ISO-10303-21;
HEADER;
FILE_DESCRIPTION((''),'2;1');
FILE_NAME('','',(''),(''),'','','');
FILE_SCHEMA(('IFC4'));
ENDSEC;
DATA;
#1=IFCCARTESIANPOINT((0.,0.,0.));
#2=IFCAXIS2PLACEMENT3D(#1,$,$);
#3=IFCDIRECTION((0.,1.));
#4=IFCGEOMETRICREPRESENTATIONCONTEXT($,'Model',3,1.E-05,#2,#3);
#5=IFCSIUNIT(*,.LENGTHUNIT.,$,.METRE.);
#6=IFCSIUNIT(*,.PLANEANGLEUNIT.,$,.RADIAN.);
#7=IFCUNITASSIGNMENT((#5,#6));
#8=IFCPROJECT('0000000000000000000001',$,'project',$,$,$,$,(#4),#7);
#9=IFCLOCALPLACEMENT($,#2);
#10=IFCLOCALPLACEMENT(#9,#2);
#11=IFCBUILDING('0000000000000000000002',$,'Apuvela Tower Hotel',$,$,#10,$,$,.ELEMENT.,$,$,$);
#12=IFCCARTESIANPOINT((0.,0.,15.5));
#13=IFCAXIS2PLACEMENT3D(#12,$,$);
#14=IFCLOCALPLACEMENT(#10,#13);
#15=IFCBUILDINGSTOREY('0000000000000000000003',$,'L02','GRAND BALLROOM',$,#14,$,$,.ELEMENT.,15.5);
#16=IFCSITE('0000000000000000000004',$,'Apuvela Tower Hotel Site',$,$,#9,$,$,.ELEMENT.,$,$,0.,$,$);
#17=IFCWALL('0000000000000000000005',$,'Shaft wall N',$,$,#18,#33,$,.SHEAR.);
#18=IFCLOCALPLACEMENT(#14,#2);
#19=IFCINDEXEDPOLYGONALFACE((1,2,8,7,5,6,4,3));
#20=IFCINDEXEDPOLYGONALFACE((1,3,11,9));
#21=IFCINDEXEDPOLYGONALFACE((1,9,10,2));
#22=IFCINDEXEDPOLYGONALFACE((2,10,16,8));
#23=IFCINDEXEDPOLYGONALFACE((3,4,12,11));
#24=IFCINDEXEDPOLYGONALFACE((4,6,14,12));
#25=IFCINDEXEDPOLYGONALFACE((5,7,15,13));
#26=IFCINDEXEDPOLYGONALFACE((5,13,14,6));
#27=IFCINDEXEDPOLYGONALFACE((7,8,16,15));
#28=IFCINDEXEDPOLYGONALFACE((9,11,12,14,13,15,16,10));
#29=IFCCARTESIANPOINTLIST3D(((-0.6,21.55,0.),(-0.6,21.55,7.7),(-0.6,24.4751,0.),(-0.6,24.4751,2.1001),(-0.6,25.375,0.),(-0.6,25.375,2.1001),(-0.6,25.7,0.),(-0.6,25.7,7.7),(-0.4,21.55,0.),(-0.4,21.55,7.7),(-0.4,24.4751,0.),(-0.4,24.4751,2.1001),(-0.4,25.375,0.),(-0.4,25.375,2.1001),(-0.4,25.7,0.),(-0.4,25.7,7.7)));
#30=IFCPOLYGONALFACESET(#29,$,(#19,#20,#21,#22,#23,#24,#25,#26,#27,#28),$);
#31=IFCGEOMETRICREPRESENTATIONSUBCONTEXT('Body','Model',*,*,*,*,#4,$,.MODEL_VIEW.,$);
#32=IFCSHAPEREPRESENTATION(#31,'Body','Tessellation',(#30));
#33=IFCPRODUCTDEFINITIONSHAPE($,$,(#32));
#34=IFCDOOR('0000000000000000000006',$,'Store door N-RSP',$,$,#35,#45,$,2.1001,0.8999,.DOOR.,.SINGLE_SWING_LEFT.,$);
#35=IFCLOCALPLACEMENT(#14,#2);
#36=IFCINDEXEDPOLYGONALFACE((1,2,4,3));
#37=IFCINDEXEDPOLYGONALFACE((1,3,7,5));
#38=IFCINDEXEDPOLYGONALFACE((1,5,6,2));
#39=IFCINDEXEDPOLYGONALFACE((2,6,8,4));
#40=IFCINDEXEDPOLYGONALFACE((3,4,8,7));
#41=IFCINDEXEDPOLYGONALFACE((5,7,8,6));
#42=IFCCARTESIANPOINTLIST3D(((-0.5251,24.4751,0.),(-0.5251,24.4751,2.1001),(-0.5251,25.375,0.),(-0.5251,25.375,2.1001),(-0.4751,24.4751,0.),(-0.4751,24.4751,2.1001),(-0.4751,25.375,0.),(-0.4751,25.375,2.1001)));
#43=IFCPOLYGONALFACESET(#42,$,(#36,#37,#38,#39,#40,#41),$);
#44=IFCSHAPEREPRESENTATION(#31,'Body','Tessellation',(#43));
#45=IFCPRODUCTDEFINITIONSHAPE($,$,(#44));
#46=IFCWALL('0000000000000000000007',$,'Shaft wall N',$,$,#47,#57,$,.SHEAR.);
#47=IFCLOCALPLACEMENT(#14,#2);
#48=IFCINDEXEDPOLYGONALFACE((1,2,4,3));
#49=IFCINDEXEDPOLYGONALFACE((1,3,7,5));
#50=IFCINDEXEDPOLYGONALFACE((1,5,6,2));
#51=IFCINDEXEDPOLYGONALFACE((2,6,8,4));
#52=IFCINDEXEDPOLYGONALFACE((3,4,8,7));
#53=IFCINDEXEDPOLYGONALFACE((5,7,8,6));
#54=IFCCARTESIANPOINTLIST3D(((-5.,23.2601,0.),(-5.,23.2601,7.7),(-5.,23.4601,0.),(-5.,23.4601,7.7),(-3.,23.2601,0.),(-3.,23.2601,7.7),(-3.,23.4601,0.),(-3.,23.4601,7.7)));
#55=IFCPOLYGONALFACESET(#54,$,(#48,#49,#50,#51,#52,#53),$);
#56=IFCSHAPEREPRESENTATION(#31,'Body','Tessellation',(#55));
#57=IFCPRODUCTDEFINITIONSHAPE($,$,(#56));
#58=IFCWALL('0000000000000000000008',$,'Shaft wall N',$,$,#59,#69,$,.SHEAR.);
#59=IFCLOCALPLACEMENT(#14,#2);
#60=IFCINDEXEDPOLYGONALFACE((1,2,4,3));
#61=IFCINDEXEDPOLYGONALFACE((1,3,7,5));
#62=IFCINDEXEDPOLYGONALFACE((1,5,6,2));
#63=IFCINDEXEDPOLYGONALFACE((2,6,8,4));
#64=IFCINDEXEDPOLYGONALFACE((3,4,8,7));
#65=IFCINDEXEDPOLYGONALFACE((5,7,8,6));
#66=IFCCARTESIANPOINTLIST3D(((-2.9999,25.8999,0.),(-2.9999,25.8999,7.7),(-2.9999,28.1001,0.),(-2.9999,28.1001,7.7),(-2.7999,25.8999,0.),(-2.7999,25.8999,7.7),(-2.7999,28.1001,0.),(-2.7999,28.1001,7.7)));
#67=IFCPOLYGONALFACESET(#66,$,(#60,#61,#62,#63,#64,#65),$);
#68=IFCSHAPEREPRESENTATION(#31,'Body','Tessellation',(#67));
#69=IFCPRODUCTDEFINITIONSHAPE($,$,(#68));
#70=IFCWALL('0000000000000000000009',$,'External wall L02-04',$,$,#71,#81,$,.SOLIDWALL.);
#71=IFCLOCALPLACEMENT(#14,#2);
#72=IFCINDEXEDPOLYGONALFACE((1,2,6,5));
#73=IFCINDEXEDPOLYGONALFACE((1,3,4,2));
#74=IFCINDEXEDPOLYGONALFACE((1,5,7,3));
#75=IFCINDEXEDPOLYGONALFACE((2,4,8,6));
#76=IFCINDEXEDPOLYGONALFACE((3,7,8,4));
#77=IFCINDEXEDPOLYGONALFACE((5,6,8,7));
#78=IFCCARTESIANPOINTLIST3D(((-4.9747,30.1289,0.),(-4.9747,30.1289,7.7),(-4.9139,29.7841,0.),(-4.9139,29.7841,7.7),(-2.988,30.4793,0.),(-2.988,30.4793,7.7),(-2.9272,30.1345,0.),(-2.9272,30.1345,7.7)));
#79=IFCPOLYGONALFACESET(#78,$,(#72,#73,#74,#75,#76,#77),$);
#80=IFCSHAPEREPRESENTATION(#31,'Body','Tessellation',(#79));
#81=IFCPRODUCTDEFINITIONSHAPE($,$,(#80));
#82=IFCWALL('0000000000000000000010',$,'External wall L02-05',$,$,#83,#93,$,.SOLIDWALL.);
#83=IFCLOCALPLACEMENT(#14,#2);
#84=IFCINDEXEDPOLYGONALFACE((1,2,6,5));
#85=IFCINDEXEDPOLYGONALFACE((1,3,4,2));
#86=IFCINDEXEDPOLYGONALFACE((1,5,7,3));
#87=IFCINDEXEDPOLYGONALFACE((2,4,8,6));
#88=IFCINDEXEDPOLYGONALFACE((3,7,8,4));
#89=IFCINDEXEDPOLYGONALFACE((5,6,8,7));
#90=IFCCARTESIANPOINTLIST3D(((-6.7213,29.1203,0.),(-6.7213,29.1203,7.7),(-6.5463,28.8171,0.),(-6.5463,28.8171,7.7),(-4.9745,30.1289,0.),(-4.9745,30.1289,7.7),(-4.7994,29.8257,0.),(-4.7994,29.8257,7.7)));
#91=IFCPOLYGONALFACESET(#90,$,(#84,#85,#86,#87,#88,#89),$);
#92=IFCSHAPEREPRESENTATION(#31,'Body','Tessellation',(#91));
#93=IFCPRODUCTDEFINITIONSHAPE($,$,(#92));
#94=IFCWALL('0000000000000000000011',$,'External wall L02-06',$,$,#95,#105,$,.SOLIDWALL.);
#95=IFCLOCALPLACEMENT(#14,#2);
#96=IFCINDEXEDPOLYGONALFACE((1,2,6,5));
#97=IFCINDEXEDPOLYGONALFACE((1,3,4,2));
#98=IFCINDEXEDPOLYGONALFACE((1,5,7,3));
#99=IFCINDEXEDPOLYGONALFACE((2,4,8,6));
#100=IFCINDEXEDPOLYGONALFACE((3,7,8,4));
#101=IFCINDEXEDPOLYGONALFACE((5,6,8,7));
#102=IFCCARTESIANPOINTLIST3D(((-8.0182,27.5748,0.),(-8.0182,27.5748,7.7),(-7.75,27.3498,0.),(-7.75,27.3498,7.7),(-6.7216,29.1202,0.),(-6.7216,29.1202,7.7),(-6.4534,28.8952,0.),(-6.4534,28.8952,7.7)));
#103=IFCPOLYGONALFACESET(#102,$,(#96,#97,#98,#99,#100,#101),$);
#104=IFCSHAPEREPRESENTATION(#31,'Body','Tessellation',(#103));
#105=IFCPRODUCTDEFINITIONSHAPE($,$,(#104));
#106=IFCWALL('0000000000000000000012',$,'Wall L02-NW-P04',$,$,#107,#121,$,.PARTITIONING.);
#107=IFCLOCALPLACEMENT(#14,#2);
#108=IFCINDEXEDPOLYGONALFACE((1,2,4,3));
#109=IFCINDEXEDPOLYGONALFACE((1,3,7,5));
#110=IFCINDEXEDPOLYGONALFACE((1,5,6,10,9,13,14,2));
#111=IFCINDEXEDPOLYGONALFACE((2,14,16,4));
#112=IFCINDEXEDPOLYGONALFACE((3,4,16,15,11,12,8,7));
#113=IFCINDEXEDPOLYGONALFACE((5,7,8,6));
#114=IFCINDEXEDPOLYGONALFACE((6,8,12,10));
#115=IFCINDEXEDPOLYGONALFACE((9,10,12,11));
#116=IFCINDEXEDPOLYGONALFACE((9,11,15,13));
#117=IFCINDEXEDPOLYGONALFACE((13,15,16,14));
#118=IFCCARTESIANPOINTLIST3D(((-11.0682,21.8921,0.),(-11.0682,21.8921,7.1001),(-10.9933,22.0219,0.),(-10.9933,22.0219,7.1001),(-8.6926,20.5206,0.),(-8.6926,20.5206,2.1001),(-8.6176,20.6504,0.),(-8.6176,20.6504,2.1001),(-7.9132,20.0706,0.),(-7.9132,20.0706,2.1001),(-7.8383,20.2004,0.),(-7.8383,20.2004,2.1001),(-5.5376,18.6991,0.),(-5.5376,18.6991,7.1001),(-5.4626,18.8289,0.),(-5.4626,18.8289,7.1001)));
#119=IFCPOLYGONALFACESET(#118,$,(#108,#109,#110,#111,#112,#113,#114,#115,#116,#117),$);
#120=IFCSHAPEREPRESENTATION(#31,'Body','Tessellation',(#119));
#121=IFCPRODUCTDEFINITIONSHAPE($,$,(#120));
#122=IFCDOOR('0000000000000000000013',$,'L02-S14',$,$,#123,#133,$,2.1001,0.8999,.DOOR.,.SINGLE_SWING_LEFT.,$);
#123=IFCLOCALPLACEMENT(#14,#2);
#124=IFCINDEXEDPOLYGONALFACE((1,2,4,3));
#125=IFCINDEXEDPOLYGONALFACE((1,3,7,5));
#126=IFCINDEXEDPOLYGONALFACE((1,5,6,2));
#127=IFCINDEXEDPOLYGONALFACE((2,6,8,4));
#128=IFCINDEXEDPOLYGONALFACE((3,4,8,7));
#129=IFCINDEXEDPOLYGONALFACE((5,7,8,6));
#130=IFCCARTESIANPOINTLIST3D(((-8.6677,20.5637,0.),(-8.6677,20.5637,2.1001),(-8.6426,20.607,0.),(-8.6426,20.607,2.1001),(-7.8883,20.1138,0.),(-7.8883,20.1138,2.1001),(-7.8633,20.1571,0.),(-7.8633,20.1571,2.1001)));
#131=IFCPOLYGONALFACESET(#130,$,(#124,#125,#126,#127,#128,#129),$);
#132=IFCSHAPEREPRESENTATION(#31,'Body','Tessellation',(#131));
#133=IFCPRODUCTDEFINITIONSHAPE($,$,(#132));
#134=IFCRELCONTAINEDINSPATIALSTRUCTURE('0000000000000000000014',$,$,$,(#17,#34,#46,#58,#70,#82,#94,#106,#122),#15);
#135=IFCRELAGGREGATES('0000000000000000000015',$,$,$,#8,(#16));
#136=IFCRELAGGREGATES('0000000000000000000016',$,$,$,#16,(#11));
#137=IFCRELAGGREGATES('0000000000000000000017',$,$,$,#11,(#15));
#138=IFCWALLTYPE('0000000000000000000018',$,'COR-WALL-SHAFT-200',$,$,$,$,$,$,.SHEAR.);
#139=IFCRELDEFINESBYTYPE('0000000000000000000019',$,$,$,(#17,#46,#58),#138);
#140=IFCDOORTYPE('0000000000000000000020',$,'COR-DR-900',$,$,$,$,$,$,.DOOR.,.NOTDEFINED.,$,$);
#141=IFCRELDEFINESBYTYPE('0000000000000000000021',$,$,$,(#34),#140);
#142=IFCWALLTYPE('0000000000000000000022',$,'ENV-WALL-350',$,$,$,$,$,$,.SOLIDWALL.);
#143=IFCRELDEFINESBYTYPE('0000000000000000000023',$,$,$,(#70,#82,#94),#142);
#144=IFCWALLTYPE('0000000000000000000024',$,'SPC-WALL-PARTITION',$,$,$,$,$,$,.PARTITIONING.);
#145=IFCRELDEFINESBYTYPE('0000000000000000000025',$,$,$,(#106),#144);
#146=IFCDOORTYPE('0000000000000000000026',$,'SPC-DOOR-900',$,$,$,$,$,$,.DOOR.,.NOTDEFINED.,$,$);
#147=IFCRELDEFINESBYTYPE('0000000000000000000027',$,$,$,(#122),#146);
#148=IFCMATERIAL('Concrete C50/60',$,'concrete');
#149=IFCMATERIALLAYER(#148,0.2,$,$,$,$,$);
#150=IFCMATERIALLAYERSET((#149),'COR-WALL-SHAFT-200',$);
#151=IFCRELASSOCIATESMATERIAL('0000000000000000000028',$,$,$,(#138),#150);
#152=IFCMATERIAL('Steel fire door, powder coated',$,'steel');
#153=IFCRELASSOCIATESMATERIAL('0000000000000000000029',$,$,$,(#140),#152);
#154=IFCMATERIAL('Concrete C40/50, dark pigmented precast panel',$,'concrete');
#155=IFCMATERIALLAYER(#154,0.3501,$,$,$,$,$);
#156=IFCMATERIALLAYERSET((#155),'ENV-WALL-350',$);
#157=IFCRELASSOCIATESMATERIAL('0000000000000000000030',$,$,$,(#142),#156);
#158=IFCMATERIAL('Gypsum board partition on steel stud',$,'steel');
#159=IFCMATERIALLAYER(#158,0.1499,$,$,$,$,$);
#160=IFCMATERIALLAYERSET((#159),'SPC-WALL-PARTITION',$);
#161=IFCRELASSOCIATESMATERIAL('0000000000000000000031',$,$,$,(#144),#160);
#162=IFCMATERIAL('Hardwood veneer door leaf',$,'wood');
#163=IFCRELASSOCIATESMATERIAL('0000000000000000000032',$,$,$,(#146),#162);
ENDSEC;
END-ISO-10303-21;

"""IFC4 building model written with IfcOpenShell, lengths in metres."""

from ifc_helpers import new_model, si_unit, direction, frame, frame_2d, origin, place, context, subcontext, project, spatial, rectangle, extrude, material, layer, layer_set, type_object, element, fill, save


model = new_model("IFC4")

# Units and contexts
model_context = context("Model", 3, precision=1e-05, world=origin(), true_north=direction((0.0, 1.0)))
body_context = subcontext(model_context, "Body", "Model", "MODEL_VIEW")
ifc_project = project(units=[si_unit("LENGTHUNIT", "METRE"), si_unit("PLANEANGLEUNIT", "RADIAN")], contexts=[model_context])

# Site, building, storey
site_placement = place(None, origin())
site = spatial("IfcSite", under=ifc_project, at=site_placement, Name="Apuvela Tower Hotel Site", CompositionType="ELEMENT", RefElevation=0.0)
building_placement = place(site_placement, origin())
building = spatial("IfcBuilding", under=site, at=building_placement, Name="Apuvela Tower Hotel", CompositionType="ELEMENT")
storey_placement = place(building_placement, frame((0.0, 0.0, 15.5)))
storey = spatial("IfcBuildingStorey", under=building, at=storey_placement, Name="L02", Description="GRAND BALLROOM", CompositionType="ELEMENT", Elevation=15.5)

# Shared definitions
ifc_material_1 = material(Name="Concrete C50/60", Category="concrete")
ifc_layer_1 = layer(ifc_material_1, 0.2)
ifc_layer_set_1 = layer_set([ifc_layer_1], Name="COR-WALL-SHAFT-200")
wall_type_1 = type_object("IfcWallType", Name="COR-WALL-SHAFT-200", PredefinedType="SHEAR", material=ifc_layer_set_1)

# Wall, opening, door
wall_1_placement = place(storey_placement, frame((-0.5, 21.55, 0.0), z_axis=(0.0, 0.0, 1.0), x_axis=(0.0, 1.0, 0.0)))
wall_1 = element("IfcWall", 1, at=wall_1_placement, inside=storey, type_object=wall_type_1, Name="Shaft wall N", PredefinedType="SHEAR", context=body_context, shape_type="SweptSolid", body=[
    extrude(rectangle(XDim=4.1499, YDim=0.2, at=frame_2d((2.075, 0.0))), origin(), (0.0, 0.0, 1.0), 7.7),
])
opening_1_placement = place(wall_1_placement, frame((2.925, 0.0, 0.0)))
opening_1 = element("IfcOpeningElement", 2, at=opening_1_placement, cuts=wall_1, PredefinedType="OPENING", context=body_context, shape_type="SweptSolid", body=[
    extrude(rectangle(XDim=0.8999, YDim=2.1001, at=frame_2d((0.45, 1.05))), frame((0.0, 0.1099, 0.0), z_axis=(0.0, -1.0, 0.0), x_axis=(1.0, 0.0, 0.0)), (0.0, 0.0, 1.0), 0.22),
])
ifc_material_2 = material(Name="Steel fire door, powder coated", Category="steel")
door_type_1 = type_object("IfcDoorType", Name="COR-DR-900", OperationType="NOTDEFINED", PredefinedType="DOOR", material=ifc_material_2)
door_1_placement = place(opening_1_placement, frame((0.8999, 0.0, 0.0), z_axis=(0.0, 0.0, 1.0), x_axis=(-1.0, 0.0, 0.0)))
door_1 = element("IfcDoor", 3, at=door_1_placement, inside=storey, type_object=door_type_1, Name="Store door N-RSP", OperationType="SINGLE_SWING_LEFT", OverallHeight=2.1001, OverallWidth=0.8999, PredefinedType="DOOR", context=body_context, shape_type="SweptSolid", body=[
    extrude(rectangle(XDim=0.8999, YDim=2.1001, at=frame_2d((0.45, 1.05))), frame((0.0, 0.0249, 0.0), z_axis=(0.0, -1.0, 0.0), x_axis=(1.0, 0.0, 0.0)), (0.0, 0.0, 1.0), 0.05),
])
fill(opening_1, door_1)

# Walls
wall_2_placement = place(storey_placement, frame((-3.0, 23.3601, 0.0), z_axis=(0.0, 0.0, 1.0), x_axis=(-1.0, 0.0, 0.0)))
element("IfcWall", 4, at=wall_2_placement, inside=storey, type_object=wall_type_1, Name="Shaft wall N", PredefinedType="SHEAR", context=body_context, shape_type="SweptSolid", body=[
    extrude(rectangle(XDim=2.0, YDim=0.2, at=frame_2d((1.0, 0.0))), origin(), (0.0, 0.0, 1.0), 7.7),
])
wall_3_placement = place(storey_placement, frame((-2.8999, 25.8999, 0.0), z_axis=(0.0, 0.0, 1.0), x_axis=(0.0, 1.0, 0.0)))
element("IfcWall", 5, at=wall_3_placement, inside=storey, type_object=wall_type_1, Name="Shaft wall N", PredefinedType="SHEAR", context=body_context, shape_type="SweptSolid", body=[
    extrude(rectangle(XDim=2.2002, YDim=0.2, at=frame_2d((1.1001, 0.0))), origin(), (0.0, 0.0, 1.0), 7.7),
])
ifc_material_3 = material(Name="Concrete C40/50, dark pigmented precast panel", Category="concrete")
ifc_layer_2 = layer(ifc_material_3, 0.3501)
ifc_layer_set_2 = layer_set([ifc_layer_2], Name="ENV-WALL-350")
wall_type_2 = type_object("IfcWallType", Name="ENV-WALL-350", PredefinedType="SOLIDWALL", material=ifc_layer_set_2)
wall_4_placement = place(storey_placement, frame((-2.9575, 30.3069, 0.0), z_axis=(0.0, 0.0, 1.0), x_axis=(-0.984803, -0.173675, 0.0)))
element("IfcWall", 6, at=wall_4_placement, inside=storey, type_object=wall_type_2, Name="External wall L02-04", PredefinedType="SOLIDWALL", context=body_context, shape_type="SweptSolid", body=[
    extrude(rectangle(XDim=2.0173, YDim=0.3501, at=frame_2d((1.0088, 0.0))), origin(), (0.0, 0.0, 1.0), 7.7),
])
wall_5_placement = place(storey_placement, frame((-4.887, 29.9773, 0.0), z_axis=(0.0, 0.0, 1.0), x_axis=(-0.866022, -0.500005, 0.0)))
element("IfcWall", 7, at=wall_5_placement, inside=storey, type_object=wall_type_2, Name="External wall L02-05", PredefinedType="SOLIDWALL", context=body_context, shape_type="SweptSolid", body=[
    extrude(rectangle(XDim=2.0171, YDim=0.3501, at=frame_2d((1.0085, 0.0))), origin(), (0.0, 0.0, 1.0), 7.7),
])
wall_6_placement = place(storey_placement, frame((-6.5874, 29.0078, 0.0), z_axis=(0.0, 0.0, 1.0), x_axis=(-0.642752, -0.766074, 0.0)))
element("IfcWall", 8, at=wall_6_placement, inside=storey, type_object=wall_type_2, Name="External wall L02-06", PredefinedType="SOLIDWALL", context=body_context, shape_type="SweptSolid", body=[
    extrude(rectangle(XDim=2.0173, YDim=0.3501, at=frame_2d((1.0088, 0.0))), origin(), (0.0, 0.0, 1.0), 7.7),
])

# Wall, opening, door
ifc_material_4 = material(Name="Gypsum board partition on steel stud", Category="steel")
ifc_layer_3 = layer(ifc_material_4, 0.1499)
ifc_layer_set_3 = layer_set([ifc_layer_3], Name="SPC-WALL-PARTITION")
wall_type_3 = type_object("IfcWallType", Name="SPC-WALL-PARTITION", PredefinedType="PARTITIONING", material=ifc_layer_set_3)
wall_7_placement = place(storey_placement, frame((-11.0308, 21.957, 0.0), z_axis=(0.0, 0.0, 1.0), x_axis=(0.86603, -0.499992, 0.0)))
wall_7 = element("IfcWall", 9, at=wall_7_placement, inside=storey, type_object=wall_type_3, Name="Wall L02-NW-P04", PredefinedType="PARTITIONING", context=body_context, shape_type="SweptSolid", body=[
    extrude(rectangle(XDim=6.3862, YDim=0.1499, at=frame_2d((3.1931, 0.0))), origin(), (0.0, 0.0, 1.0), 7.1001),
])
opening_2_placement = place(wall_7_placement, frame((2.7432, 0.0, 0.0)))
opening_2 = element("IfcOpeningElement", 10, at=opening_2_placement, cuts=wall_7, PredefinedType="OPENING", context=body_context, shape_type="SweptSolid", body=[
    extrude(rectangle(XDim=0.8999, YDim=2.1001, at=frame_2d((0.45, 1.05))), frame((0.0, 0.085, 0.0), z_axis=(0.0, -1.0, 0.0), x_axis=(1.0, 0.0, 0.0)), (0.0, 0.0, 1.0), 0.1699),
])
ifc_material_5 = material(Name="Hardwood veneer door leaf", Category="wood")
door_type_2 = type_object("IfcDoorType", Name="SPC-DOOR-900", OperationType="NOTDEFINED", PredefinedType="DOOR", material=ifc_material_5)
door_2_placement = place(opening_2_placement, origin())
door_2 = element("IfcDoor", 11, at=door_2_placement, inside=storey, type_object=door_type_2, Name="L02-S14", OperationType="SINGLE_SWING_LEFT", OverallHeight=2.1001, OverallWidth=0.8999, PredefinedType="DOOR", context=body_context, shape_type="SweptSolid", body=[
    extrude(rectangle(XDim=0.8999, YDim=2.1001, at=frame_2d((0.45, 1.05))), frame((0.0, 0.0249, 0.0), z_axis=(0.0, -1.0, 0.0), x_axis=(1.0, 0.0, 0.0)), (0.0, 0.0, 1.0), 0.05),
])
fill(opening_2, door_2)

save(model, "model.ifc")
